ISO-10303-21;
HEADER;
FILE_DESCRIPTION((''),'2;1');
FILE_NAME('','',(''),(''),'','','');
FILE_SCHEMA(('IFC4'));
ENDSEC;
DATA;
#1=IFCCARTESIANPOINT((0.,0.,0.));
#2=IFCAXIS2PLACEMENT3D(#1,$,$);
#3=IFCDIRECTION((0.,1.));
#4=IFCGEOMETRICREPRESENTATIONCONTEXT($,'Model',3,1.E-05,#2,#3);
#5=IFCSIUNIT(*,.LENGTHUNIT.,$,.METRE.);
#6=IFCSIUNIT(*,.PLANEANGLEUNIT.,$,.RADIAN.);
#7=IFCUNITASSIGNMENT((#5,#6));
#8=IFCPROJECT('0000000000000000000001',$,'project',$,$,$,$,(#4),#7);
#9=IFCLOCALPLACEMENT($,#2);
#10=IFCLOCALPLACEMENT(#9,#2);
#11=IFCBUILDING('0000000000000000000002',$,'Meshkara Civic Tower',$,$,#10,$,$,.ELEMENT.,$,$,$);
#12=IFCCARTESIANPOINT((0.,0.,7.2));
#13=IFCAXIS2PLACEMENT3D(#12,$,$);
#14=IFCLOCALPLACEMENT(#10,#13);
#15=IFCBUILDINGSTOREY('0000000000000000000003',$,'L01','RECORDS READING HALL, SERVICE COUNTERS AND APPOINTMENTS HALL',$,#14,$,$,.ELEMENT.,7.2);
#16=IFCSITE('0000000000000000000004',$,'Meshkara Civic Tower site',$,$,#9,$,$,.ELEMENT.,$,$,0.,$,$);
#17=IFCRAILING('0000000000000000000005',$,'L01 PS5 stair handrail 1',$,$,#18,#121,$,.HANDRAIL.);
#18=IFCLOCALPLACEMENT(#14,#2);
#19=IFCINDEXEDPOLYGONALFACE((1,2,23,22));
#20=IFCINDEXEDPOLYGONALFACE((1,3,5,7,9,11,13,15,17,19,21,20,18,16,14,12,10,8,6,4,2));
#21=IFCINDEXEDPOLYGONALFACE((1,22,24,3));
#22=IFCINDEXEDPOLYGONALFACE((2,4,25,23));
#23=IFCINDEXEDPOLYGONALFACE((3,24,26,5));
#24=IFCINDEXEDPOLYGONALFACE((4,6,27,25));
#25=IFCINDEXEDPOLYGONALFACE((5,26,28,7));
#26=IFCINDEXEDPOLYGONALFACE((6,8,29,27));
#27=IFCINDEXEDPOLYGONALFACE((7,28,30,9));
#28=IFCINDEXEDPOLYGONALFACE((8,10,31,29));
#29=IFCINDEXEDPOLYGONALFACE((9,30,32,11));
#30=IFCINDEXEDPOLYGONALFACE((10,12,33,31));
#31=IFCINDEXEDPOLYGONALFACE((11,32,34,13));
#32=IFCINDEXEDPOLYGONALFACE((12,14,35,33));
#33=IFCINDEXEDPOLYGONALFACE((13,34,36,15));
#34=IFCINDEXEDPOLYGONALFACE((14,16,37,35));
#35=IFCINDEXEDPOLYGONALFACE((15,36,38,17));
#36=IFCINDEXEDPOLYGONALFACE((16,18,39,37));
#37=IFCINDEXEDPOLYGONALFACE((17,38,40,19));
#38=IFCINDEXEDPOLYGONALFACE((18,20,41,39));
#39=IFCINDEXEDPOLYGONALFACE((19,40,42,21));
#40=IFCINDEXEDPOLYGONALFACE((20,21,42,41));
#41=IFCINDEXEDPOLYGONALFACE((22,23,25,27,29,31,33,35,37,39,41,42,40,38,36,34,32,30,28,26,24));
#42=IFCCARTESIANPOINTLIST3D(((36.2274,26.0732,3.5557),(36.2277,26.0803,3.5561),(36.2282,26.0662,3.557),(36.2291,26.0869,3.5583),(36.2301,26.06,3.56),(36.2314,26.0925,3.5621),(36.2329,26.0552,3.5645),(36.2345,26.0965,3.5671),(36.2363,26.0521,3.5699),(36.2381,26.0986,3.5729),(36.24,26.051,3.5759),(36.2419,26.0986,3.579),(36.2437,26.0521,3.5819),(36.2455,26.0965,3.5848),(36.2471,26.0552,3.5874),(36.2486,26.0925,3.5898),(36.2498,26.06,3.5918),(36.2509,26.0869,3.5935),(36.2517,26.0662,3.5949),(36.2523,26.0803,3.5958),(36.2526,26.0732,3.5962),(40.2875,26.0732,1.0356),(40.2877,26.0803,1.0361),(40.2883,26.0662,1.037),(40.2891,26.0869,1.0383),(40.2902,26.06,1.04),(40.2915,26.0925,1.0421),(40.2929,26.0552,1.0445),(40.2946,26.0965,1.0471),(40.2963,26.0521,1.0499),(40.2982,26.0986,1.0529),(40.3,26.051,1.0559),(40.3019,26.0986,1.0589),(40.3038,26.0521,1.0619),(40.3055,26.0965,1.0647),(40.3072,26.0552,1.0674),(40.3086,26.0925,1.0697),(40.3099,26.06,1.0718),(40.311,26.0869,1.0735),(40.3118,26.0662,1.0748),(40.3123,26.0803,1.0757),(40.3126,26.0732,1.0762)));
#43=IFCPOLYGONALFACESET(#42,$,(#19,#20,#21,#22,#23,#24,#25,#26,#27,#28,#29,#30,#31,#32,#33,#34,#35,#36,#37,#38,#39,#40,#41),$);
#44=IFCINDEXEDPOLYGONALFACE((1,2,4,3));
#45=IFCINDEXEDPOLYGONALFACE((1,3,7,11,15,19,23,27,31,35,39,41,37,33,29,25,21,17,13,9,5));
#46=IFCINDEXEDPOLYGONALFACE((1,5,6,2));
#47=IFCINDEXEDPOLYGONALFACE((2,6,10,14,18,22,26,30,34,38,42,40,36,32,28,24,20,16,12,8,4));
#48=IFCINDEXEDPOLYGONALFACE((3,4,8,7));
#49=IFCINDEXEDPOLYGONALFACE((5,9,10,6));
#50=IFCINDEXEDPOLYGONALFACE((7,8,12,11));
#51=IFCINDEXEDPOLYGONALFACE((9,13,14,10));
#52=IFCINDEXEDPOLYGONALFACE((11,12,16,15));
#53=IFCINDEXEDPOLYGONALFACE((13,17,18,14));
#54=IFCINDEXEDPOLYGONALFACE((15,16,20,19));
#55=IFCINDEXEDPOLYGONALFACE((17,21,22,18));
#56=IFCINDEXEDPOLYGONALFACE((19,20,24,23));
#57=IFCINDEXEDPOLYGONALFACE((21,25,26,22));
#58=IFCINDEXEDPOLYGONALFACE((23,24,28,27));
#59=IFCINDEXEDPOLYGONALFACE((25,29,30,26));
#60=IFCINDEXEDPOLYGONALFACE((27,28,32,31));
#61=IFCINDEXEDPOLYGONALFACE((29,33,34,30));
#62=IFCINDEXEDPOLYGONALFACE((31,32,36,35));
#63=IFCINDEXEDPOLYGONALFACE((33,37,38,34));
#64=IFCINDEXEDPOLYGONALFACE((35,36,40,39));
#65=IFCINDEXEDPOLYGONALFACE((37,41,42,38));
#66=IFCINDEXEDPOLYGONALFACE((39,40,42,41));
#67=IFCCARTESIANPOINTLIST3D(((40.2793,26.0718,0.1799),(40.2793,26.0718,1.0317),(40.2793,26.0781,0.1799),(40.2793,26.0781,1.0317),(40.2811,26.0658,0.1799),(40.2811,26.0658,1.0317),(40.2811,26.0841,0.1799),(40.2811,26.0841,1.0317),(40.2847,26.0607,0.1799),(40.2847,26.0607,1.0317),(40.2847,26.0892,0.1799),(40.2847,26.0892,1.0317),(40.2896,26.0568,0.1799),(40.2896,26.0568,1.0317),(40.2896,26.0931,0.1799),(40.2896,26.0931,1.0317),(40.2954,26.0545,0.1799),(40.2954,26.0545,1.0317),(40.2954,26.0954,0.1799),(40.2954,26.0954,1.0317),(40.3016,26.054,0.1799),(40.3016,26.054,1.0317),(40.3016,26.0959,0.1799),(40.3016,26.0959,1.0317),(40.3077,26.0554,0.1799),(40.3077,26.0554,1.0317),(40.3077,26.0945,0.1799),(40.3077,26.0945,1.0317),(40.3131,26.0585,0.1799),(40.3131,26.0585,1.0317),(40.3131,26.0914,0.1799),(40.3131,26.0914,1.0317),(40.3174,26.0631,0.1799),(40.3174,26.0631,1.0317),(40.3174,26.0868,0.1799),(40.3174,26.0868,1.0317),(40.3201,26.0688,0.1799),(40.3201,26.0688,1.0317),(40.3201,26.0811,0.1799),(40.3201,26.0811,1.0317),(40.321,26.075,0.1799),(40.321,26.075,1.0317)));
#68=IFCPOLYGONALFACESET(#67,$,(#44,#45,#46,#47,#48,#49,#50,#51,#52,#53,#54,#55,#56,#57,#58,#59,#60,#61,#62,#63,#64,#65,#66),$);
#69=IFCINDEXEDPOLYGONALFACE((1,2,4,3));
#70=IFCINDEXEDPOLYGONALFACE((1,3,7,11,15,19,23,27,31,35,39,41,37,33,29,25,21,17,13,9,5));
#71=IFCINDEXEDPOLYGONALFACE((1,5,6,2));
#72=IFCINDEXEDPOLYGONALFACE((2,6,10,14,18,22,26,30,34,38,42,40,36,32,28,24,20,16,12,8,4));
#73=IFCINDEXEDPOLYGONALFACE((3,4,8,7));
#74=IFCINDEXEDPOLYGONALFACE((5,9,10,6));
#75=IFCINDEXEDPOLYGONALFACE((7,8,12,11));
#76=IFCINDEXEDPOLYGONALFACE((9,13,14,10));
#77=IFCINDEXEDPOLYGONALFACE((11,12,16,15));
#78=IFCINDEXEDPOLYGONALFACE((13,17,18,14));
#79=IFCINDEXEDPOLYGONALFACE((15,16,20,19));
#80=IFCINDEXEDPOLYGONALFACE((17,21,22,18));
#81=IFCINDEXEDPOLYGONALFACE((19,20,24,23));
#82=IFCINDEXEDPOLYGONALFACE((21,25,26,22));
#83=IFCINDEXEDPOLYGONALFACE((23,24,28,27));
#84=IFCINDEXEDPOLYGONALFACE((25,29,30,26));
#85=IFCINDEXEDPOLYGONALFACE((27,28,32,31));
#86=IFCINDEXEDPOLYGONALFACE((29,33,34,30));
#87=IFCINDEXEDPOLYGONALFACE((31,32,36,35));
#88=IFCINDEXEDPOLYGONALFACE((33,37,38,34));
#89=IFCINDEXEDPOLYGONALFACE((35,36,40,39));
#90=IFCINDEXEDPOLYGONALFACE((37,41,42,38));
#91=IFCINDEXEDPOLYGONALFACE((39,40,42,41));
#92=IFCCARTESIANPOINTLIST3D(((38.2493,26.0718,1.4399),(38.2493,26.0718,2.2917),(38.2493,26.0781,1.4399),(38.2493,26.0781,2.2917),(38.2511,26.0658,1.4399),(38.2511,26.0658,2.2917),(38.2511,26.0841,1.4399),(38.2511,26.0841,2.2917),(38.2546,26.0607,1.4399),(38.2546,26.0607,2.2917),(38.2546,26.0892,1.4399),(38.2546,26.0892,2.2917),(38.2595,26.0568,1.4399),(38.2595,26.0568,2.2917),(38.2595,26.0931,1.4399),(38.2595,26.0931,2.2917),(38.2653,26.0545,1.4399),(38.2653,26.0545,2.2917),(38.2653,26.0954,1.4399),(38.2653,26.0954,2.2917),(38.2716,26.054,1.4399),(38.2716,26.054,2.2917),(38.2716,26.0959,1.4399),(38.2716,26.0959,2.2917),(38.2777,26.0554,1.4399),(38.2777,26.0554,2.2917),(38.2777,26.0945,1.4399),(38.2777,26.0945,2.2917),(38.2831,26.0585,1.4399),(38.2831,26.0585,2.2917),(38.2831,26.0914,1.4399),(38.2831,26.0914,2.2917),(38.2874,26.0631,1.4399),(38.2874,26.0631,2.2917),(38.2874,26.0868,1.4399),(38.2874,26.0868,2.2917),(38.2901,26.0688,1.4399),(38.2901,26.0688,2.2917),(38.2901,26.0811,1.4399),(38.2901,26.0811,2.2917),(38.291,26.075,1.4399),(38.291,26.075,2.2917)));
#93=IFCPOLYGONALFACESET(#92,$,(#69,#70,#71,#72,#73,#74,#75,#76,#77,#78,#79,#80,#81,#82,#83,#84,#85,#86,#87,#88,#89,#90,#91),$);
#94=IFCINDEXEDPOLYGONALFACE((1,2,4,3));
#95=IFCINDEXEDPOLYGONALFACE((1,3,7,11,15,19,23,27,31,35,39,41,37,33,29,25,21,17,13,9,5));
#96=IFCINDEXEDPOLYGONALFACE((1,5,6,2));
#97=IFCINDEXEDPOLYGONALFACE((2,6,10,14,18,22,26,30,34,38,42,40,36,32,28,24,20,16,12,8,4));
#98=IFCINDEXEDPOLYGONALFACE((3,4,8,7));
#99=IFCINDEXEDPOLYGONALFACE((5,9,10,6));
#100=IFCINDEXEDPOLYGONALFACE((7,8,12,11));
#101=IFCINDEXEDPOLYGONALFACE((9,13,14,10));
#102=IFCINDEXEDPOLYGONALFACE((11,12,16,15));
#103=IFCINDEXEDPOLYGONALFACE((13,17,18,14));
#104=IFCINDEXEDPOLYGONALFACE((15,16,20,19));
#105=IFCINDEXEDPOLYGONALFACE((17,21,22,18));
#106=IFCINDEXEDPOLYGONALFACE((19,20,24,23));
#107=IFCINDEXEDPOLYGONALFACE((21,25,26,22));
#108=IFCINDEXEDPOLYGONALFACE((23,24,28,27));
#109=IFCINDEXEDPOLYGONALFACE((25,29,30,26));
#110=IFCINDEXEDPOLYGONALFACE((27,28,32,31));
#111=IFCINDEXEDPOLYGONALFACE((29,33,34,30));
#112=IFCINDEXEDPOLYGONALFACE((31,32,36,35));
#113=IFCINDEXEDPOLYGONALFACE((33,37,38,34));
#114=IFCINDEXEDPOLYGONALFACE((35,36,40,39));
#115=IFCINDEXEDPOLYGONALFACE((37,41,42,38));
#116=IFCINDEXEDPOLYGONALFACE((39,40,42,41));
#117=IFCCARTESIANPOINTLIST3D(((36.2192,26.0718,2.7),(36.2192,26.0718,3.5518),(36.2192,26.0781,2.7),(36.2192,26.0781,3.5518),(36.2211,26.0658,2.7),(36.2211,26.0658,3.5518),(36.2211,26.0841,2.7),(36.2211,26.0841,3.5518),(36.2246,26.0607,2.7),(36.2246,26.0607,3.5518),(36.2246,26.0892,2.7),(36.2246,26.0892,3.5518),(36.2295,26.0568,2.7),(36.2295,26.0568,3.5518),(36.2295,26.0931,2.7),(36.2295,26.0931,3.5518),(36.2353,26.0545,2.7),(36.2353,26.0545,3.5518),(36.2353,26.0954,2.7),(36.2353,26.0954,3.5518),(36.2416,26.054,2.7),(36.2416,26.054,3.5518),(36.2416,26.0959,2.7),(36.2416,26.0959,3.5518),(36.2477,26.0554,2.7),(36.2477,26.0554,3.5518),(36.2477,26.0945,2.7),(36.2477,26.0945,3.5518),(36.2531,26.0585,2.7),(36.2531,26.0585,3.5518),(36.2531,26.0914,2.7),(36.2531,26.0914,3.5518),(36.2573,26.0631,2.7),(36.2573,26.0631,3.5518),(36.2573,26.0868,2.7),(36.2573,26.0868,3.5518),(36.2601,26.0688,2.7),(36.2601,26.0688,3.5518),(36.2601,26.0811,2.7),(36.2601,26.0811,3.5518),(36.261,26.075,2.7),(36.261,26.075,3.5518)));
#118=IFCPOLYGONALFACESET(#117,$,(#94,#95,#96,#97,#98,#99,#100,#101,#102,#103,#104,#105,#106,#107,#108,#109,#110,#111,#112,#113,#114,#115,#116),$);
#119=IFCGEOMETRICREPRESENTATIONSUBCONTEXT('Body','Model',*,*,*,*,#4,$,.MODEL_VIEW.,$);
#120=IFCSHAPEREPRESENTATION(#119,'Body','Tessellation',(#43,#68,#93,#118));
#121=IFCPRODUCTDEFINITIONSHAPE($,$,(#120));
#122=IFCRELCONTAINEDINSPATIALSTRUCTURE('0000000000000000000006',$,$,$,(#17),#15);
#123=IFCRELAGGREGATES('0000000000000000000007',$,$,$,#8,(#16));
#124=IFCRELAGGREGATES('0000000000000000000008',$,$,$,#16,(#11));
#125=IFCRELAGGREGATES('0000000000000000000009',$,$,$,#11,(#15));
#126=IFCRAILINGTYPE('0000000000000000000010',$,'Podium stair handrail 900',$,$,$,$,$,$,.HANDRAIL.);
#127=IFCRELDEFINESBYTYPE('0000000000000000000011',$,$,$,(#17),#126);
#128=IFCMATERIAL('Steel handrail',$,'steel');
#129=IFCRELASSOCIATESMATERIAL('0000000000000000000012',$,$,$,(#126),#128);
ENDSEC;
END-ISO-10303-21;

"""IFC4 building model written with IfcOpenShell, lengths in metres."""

from ifc_helpers import new_model, si_unit, direction, frame, origin, origin_2d, place, context, subcontext, project, spatial, circle, extrude, material, type_object, element, save


model = new_model("IFC4")

# Units and contexts
model_context = context("Model", 3, precision=1e-05, world=origin(), true_north=direction((0.0, 1.0)))
body_context = subcontext(model_context, "Body", "Model", "MODEL_VIEW")
ifc_project = project(units=[si_unit("LENGTHUNIT", "METRE"), si_unit("PLANEANGLEUNIT", "RADIAN")], contexts=[model_context])

# Site, building, storey
site_placement = place(None, origin())
site = spatial("IfcSite", under=ifc_project, at=site_placement, Name="Meshkara Civic Tower site", CompositionType="ELEMENT", RefElevation=0.0)
building_placement = place(site_placement, origin())
building = spatial("IfcBuilding", under=site, at=building_placement, Name="Meshkara Civic Tower", CompositionType="ELEMENT")
storey_placement = place(building_placement, frame((0.0, 0.0, 7.2)))
storey = spatial("IfcBuildingStorey", under=building, at=storey_placement, Name="L01", Description="RECORDS READING HALL, SERVICE COUNTERS AND APPOINTMENTS HALL", CompositionType="ELEMENT", Elevation=7.2)

# Railing
ifc_material_1 = material(Name="Steel handrail", Category="steel")
railing_type_1 = type_object("IfcRailingType", Name="Podium stair handrail 900", PredefinedType="HANDRAIL", material=ifc_material_1)
railing_1_placement = place(storey_placement, frame((40.3, 26.075, 0.1799)))
element("IfcRailing", 1, at=railing_1_placement, inside=storey, type_object=railing_type_1, Name="L01 PS5 stair handrail 1", PredefinedType="HANDRAIL", context=body_context, shape_type="SweptSolid", body=[
    extrude(circle(Radius=0.0239, at=origin_2d()), frame((0.0, 0.0, 0.876), z_axis=(-0.849642, 0.0, 0.52736), x_axis=(0.0, -1.0, 0.0)), (0.0, 0.0, 1.0), 4.7786),
    extrude(circle(Radius=0.021, at=origin_2d()), origin(), (0.0, 0.0, 1.0), 0.8518),
    extrude(circle(Radius=0.021, at=origin_2d()), frame((-2.03, 0.0, 1.26)), (0.0, 0.0, 1.0), 0.8518),
    extrude(circle(Radius=0.021, at=origin_2d()), frame((-4.0601, 0.0, 2.52)), (0.0, 0.0, 1.0), 0.8518),
])

save(model, "model.ifc")
